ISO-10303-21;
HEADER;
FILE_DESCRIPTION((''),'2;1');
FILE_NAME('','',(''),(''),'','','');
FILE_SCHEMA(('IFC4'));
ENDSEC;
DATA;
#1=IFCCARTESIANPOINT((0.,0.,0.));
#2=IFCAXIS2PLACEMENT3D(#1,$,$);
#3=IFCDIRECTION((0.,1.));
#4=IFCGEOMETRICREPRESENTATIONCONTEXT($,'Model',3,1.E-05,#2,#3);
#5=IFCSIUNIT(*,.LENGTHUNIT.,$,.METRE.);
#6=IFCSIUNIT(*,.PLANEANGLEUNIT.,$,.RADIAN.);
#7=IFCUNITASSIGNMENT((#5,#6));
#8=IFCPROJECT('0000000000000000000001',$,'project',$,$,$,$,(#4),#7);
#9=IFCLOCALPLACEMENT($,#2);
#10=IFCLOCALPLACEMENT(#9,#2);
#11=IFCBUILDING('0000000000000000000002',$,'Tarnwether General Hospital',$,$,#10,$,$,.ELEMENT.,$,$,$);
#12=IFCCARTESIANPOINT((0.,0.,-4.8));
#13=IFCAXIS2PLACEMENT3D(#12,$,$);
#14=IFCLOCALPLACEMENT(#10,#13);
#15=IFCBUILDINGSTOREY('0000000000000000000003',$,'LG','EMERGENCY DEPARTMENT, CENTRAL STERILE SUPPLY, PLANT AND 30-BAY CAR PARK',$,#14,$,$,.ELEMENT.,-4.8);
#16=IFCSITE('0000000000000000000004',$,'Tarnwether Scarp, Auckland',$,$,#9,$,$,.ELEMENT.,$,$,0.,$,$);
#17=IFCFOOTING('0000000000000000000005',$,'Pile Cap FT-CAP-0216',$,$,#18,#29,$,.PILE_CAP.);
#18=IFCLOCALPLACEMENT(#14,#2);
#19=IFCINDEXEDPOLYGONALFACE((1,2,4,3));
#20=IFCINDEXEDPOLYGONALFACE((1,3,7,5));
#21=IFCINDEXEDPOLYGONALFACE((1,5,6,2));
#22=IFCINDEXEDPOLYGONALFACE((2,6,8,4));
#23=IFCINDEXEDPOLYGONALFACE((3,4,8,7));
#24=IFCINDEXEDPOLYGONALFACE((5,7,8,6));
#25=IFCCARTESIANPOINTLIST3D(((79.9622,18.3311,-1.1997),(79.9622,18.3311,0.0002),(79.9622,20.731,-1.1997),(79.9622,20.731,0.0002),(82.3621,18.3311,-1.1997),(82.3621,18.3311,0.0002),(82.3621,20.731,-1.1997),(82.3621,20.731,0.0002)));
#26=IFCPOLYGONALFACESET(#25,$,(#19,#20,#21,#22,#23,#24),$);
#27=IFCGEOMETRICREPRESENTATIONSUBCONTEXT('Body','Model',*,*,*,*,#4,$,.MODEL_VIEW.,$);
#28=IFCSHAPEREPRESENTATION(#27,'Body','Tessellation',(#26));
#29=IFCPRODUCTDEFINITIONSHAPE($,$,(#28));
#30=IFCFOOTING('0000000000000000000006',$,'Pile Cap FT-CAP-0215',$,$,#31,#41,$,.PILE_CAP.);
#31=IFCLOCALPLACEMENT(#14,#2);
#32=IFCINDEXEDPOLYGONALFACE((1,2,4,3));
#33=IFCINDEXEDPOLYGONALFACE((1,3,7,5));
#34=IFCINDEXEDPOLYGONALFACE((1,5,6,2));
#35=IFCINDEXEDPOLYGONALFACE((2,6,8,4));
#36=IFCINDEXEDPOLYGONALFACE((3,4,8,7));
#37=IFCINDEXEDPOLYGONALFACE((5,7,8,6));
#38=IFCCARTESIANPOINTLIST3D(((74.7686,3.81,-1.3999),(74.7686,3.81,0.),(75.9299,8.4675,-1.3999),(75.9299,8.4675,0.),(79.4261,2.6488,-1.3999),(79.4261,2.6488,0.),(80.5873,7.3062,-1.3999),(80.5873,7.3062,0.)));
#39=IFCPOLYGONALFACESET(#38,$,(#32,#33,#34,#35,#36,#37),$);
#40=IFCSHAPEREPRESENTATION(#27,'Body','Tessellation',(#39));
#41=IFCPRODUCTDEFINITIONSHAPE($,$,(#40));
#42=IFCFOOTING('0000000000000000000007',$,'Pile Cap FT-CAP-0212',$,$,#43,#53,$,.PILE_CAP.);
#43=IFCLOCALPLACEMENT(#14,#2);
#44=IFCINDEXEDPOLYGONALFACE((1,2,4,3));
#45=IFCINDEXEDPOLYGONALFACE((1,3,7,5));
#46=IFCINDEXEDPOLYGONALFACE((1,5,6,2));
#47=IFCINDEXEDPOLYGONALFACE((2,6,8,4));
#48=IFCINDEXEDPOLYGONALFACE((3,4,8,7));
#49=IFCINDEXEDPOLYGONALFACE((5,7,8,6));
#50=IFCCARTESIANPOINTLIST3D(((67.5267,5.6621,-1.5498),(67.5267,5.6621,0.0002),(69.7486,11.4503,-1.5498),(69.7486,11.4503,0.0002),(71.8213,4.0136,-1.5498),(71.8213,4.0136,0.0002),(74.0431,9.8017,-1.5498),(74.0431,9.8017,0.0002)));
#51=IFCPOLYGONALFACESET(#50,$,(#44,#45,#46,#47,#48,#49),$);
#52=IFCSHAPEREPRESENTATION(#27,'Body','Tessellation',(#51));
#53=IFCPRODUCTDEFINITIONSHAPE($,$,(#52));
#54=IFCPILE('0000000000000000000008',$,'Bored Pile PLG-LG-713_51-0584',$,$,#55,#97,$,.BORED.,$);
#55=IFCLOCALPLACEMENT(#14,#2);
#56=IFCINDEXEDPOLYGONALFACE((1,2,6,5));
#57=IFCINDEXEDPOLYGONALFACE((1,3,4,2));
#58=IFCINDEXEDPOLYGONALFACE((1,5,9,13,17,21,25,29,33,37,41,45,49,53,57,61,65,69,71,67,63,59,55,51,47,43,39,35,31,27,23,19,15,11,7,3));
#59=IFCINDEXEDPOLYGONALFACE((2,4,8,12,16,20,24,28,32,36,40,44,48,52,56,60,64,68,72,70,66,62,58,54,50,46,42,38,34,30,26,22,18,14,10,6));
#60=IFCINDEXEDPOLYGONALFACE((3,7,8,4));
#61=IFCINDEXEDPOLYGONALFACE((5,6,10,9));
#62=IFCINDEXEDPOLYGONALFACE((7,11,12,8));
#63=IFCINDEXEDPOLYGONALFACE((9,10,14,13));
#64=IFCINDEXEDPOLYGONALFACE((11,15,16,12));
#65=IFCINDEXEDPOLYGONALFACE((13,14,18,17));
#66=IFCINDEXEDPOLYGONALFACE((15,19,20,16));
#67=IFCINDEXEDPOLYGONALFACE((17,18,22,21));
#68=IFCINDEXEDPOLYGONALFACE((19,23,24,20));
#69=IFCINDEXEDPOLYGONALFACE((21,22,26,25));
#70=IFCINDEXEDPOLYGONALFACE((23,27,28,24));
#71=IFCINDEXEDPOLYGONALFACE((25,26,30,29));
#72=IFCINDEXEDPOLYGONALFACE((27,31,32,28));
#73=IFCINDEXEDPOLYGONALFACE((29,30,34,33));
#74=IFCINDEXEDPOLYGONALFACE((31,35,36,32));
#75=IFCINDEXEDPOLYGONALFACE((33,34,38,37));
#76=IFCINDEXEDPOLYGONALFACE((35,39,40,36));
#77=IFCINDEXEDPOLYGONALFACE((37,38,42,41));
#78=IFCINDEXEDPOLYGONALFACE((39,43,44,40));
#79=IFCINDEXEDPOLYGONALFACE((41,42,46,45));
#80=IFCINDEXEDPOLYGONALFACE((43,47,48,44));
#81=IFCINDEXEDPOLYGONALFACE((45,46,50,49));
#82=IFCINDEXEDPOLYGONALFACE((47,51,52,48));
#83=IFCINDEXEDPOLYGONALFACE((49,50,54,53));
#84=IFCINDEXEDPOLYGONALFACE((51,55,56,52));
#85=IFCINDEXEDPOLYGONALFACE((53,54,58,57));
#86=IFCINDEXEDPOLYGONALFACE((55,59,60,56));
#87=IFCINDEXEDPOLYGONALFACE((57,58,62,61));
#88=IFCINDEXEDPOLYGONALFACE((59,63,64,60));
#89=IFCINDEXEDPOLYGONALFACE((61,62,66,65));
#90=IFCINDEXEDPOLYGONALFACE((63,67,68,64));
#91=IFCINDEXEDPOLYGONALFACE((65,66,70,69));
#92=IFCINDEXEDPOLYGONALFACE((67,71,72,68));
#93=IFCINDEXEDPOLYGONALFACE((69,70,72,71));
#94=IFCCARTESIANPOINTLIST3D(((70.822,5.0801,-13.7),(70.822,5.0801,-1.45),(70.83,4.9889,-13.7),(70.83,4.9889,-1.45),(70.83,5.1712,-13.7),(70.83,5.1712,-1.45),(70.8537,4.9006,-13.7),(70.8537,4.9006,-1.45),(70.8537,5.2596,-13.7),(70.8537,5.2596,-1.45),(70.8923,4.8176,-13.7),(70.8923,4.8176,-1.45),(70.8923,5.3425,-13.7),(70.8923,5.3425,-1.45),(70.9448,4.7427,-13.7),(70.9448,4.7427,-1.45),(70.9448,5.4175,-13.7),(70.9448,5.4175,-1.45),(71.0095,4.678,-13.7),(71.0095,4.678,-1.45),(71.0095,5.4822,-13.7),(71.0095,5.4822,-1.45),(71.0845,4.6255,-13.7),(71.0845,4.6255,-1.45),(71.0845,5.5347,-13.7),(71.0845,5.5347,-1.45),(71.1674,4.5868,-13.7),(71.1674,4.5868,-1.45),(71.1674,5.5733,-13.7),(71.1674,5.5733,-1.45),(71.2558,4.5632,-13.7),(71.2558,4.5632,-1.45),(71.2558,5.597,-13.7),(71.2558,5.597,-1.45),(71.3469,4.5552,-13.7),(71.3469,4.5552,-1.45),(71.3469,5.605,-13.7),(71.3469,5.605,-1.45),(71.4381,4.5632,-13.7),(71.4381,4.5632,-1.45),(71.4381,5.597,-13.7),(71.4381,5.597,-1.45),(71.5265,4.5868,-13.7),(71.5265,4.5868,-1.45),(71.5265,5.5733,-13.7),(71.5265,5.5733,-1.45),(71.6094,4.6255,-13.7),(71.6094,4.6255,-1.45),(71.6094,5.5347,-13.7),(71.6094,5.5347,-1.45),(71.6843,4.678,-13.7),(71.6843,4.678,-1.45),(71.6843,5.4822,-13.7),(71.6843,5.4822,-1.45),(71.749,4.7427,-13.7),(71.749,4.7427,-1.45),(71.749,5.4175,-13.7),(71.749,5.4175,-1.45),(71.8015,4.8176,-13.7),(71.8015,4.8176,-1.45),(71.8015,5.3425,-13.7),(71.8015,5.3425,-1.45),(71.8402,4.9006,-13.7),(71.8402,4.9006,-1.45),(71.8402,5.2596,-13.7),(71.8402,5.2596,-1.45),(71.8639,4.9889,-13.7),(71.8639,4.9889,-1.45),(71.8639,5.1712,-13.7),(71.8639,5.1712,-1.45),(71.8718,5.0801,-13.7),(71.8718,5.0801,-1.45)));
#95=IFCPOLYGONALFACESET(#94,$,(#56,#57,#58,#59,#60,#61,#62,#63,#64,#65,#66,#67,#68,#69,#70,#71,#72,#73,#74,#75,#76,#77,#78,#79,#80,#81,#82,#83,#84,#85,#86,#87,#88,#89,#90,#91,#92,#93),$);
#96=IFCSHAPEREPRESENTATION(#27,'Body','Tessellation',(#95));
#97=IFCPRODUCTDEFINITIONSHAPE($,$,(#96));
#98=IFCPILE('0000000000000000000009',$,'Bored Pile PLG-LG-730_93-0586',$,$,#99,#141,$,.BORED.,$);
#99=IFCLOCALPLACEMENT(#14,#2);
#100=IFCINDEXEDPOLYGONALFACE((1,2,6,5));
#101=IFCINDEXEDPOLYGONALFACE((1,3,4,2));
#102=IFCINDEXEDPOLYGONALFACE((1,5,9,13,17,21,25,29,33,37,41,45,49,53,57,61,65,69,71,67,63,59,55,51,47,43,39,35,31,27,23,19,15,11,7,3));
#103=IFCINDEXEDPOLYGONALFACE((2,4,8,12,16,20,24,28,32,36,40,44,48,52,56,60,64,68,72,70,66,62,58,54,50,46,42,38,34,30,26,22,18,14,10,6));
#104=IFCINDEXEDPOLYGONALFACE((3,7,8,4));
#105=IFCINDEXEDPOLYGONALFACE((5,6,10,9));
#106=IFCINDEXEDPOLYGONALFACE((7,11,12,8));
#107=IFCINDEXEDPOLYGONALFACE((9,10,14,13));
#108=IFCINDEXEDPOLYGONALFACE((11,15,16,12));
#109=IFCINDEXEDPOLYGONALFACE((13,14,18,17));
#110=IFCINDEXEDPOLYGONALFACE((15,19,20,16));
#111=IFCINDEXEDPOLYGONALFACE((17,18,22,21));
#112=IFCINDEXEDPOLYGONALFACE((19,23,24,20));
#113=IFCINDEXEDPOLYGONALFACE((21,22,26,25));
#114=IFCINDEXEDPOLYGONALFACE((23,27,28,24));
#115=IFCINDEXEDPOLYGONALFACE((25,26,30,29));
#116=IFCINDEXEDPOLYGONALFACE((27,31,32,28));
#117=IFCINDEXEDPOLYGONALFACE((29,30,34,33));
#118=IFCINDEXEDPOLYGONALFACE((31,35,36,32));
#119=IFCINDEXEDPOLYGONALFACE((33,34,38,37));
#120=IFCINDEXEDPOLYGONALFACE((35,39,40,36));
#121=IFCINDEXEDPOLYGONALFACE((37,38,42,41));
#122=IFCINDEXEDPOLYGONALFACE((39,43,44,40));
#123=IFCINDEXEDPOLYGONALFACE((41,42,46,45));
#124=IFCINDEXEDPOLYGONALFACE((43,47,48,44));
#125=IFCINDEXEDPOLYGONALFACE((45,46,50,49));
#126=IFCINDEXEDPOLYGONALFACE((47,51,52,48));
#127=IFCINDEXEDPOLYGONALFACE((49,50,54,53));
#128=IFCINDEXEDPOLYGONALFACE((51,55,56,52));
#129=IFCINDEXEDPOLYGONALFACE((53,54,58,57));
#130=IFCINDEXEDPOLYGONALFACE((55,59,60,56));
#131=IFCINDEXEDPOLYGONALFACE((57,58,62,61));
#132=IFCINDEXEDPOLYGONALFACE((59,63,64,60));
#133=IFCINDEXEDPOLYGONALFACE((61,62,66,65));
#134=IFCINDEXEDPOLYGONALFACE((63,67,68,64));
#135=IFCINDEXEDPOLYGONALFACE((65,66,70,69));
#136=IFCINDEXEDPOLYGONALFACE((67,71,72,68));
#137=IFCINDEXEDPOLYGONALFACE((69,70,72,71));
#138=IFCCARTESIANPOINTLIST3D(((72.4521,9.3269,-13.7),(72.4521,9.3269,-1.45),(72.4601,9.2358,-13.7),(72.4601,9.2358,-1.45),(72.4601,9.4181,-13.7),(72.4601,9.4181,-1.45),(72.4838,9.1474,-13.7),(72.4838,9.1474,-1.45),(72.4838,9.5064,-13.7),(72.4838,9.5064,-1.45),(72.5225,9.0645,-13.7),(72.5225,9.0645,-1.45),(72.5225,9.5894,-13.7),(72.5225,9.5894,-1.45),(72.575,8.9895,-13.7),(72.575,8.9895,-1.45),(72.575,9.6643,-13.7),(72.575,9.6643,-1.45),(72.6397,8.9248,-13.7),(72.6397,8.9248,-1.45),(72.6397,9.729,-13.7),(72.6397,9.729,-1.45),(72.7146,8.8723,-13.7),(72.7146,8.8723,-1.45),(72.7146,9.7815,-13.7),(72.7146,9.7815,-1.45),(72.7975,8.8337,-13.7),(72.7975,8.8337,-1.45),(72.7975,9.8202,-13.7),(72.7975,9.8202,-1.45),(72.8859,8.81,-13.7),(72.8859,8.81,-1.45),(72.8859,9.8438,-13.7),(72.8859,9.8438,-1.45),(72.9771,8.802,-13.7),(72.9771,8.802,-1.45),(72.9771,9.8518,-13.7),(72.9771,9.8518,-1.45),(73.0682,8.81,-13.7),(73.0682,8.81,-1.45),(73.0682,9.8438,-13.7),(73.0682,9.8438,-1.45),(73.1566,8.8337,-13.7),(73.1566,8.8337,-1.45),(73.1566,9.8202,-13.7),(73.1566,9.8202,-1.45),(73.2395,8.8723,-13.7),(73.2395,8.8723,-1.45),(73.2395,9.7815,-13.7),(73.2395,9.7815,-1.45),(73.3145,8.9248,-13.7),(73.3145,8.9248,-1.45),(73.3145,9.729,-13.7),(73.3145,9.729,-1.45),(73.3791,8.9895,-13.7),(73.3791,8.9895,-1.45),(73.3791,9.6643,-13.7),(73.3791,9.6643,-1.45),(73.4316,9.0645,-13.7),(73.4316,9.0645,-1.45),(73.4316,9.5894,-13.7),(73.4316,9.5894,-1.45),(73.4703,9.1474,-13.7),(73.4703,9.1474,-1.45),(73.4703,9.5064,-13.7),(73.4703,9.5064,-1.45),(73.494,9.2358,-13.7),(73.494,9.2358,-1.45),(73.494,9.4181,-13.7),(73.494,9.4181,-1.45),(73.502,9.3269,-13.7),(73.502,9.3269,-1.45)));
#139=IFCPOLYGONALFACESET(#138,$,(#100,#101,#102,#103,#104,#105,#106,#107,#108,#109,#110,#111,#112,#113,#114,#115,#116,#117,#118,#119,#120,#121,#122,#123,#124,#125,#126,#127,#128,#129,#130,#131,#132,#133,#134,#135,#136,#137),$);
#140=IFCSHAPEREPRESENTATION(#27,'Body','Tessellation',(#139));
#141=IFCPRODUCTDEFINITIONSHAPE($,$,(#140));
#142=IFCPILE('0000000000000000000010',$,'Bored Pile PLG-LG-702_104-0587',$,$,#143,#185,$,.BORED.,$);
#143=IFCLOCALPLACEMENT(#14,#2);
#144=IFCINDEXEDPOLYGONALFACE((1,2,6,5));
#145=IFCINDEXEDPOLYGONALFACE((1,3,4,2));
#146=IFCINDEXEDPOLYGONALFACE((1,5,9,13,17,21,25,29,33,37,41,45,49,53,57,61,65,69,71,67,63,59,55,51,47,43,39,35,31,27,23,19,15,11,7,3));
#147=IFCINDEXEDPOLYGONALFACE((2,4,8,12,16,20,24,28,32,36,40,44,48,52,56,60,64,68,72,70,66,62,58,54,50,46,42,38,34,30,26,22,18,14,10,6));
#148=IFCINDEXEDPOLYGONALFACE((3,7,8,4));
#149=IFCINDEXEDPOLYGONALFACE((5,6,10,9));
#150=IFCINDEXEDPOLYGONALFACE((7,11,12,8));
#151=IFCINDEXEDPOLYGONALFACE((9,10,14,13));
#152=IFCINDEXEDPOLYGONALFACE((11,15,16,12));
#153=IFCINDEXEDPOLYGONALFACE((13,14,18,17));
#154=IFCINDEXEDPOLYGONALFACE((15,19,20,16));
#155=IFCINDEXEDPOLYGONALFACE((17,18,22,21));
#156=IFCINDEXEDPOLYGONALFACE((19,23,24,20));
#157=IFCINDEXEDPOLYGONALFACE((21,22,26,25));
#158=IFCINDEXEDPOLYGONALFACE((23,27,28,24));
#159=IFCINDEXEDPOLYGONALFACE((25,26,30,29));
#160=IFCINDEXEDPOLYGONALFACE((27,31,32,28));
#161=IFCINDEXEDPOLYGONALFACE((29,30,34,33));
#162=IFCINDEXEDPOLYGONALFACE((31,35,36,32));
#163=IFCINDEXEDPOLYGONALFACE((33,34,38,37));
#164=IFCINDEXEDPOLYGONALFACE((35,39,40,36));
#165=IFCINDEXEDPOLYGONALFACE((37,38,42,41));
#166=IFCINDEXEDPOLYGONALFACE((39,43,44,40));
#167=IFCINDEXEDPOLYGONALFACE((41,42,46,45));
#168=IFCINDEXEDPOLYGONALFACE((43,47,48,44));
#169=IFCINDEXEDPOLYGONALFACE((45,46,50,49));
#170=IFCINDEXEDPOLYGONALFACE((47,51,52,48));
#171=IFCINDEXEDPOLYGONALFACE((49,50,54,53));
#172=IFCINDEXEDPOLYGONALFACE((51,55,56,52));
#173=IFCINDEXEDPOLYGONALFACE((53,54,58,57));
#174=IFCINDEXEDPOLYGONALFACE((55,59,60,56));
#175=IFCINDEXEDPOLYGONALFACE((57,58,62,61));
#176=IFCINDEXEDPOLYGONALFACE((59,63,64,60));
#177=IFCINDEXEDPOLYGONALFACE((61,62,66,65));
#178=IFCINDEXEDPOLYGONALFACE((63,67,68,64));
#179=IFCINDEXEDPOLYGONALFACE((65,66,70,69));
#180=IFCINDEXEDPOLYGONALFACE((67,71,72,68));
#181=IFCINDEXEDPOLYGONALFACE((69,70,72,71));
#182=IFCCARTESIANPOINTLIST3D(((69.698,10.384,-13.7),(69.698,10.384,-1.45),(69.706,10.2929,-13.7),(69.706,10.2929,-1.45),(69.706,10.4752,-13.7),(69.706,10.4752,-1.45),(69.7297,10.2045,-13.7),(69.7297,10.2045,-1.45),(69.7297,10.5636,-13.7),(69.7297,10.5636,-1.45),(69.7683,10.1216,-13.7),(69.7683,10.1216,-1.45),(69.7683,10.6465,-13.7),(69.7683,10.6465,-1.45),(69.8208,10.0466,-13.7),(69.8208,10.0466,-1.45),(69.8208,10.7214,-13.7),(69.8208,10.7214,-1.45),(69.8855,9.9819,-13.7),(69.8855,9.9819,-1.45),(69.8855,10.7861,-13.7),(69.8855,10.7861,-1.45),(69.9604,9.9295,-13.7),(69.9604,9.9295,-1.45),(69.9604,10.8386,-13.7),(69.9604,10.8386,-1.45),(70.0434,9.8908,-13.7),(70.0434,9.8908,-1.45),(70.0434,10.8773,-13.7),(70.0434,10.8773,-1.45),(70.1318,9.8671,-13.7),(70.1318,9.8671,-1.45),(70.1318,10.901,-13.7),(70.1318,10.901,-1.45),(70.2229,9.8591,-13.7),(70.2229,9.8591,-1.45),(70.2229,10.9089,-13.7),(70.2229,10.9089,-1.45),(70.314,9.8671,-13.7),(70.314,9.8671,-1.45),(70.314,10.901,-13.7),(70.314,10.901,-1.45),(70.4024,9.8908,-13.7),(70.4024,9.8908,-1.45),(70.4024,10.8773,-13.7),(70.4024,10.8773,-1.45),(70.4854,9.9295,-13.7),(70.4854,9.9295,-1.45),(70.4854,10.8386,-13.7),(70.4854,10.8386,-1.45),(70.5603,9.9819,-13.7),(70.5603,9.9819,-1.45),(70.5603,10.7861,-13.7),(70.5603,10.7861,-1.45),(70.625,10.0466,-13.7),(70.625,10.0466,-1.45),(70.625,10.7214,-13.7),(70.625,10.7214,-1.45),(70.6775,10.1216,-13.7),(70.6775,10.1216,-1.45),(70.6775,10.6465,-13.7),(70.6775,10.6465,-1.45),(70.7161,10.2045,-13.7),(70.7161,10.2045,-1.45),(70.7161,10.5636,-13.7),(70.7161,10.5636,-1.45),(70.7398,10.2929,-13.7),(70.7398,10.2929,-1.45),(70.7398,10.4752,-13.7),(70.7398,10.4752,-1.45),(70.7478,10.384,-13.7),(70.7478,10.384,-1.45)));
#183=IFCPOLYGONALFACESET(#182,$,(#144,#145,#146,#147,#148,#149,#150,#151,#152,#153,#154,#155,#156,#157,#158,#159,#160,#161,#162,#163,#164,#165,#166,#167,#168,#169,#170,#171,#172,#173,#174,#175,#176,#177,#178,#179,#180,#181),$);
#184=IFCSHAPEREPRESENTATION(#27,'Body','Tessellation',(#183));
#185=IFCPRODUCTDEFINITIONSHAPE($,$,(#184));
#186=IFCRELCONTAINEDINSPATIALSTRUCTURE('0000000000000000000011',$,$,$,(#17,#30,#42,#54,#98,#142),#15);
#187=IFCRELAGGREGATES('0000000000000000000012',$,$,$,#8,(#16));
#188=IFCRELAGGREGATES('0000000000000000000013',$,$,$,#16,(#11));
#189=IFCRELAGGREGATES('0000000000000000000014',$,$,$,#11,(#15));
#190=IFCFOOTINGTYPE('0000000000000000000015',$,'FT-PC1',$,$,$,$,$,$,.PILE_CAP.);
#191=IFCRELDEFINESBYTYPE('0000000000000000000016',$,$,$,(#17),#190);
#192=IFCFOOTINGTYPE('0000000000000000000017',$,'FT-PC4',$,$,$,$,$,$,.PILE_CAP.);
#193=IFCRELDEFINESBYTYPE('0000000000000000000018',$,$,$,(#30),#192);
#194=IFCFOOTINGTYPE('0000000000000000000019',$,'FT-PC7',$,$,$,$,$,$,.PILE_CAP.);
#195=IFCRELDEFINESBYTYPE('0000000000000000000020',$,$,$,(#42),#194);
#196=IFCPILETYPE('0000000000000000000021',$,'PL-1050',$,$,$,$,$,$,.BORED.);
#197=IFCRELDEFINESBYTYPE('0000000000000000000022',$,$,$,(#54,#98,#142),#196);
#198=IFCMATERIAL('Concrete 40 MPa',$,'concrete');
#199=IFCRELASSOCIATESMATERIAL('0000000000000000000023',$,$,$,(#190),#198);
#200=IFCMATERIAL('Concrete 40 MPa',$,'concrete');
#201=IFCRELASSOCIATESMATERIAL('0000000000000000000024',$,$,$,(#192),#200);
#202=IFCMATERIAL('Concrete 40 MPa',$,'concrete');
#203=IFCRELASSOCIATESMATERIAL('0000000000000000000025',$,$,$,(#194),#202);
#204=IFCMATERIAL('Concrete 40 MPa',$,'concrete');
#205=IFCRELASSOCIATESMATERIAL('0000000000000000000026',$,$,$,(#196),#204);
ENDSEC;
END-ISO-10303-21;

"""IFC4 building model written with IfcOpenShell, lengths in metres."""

from ifc_helpers import new_model, si_unit, direction, frame, origin, origin_2d, place, context, subcontext, project, spatial, rectangle, circle, extrude, material, material_profile, profile_set, type_object, element, save


model = new_model("IFC4")

# Units and contexts
model_context = context("Model", 3, precision=1e-05, world=origin(), true_north=direction((0.0, 1.0)))
body_context = subcontext(model_context, "Body", "Model", "MODEL_VIEW")
ifc_project = project(units=[si_unit("LENGTHUNIT", "METRE"), si_unit("PLANEANGLEUNIT", "RADIAN")], contexts=[model_context])

# Site, building, storey
site_placement = place(None, origin())
site = spatial("IfcSite", under=ifc_project, at=site_placement, Name="Tarnwether Scarp, Auckland", CompositionType="ELEMENT", RefElevation=0.0)
building_placement = place(site_placement, origin())
building = spatial("IfcBuilding", under=site, at=building_placement, Name="Tarnwether General Hospital", CompositionType="ELEMENT")
storey_placement = place(building_placement, frame((0.0, 0.0, -4.8)))
storey = spatial("IfcBuildingStorey", under=building, at=storey_placement, Name="LG", Description="EMERGENCY DEPARTMENT, CENTRAL STERILE SUPPLY, PLANT AND 30-BAY CAR PARK", CompositionType="ELEMENT", Elevation=-4.8)

# Footings
ifc_material_1 = material(Name="Concrete 40 MPa", Category="concrete")
footing_type_1 = type_object("IfcFootingType", Name="FT-PC1", PredefinedType="PILE_CAP", material=ifc_material_1)
footing_1_placement = place(storey_placement, frame((81.1621, 19.531, -1.1997), z_axis=(0.0, 0.0, 1.0), x_axis=(1.0, 0.0, 0.0)))
element("IfcFooting", 1, at=footing_1_placement, inside=storey, type_object=footing_type_1, Name="Pile Cap FT-CAP-0216", PredefinedType="PILE_CAP", context=body_context, shape_type="SweptSolid", body=[
    extrude(rectangle(XDim=2.3999, YDim=2.3999, at=origin_2d()), origin(), (0.0, 0.0, 1.0), 1.2),
])
ifc_material_2 = material(Name="Concrete 40 MPa", Category="concrete")
footing_type_2 = type_object("IfcFootingType", Name="FT-PC4", PredefinedType="PILE_CAP", material=ifc_material_2)
footing_2_placement = place(storey_placement, frame((77.678, 5.5581, -1.3999), z_axis=(0.0, 0.0, 1.0), x_axis=(0.241922, 0.970296, 0.0)))
element("IfcFooting", 2, at=footing_2_placement, inside=storey, type_object=footing_type_2, Name="Pile Cap FT-CAP-0215", PredefinedType="PILE_CAP", context=body_context, shape_type="SweptSolid", body=[
    extrude(rectangle(XDim=4.8, YDim=4.8, at=origin_2d()), origin(), (0.0, 0.0, 1.0), 1.3999),
])
ifc_material_3 = material(Name="Concrete 40 MPa", Category="concrete")
footing_type_3 = type_object("IfcFootingType", Name="FT-PC7", PredefinedType="PILE_CAP", material=ifc_material_3)
footing_3_placement = place(storey_placement, frame((70.7849, 7.7319, -1.5498), z_axis=(0.0, 0.0, 1.0), x_axis=(0.358368, 0.93358, 0.0)))
element("IfcFooting", 3, at=footing_3_placement, inside=storey, type_object=footing_type_3, Name="Pile Cap FT-CAP-0212", PredefinedType="PILE_CAP", context=body_context, shape_type="SweptSolid", body=[
    extrude(rectangle(XDim=6.2, YDim=4.6001, at=origin_2d()), origin(), (0.0, 0.0, 1.0), 1.55),
])

# Piles
ifc_material_4 = material(Name="Concrete 40 MPa", Category="concrete")
ifc_material_profile_1 = material_profile(ifc_material_4, circle(Radius=0.5249, at=origin_2d()), Name="PILE-D1050")
ifc_profile_set_1 = profile_set([ifc_material_profile_1], Name="Concrete 40 MPa")
pile_type_1 = type_object("IfcPileType", Name="PL-1050", PredefinedType="BORED", material=ifc_profile_set_1)
for number, where, z_axis, x_axis, name in (
    (4, (71.3469, 5.0801, -1.45), (0.0, 0.0, -1.0), (1.0, 0.0, 0.0), "Bored Pile PLG-LG-713_51-0584"),
    (5, (72.9771, 9.3269, -1.45), (0.0, 0.0, -1.0), (1.0, 0.0, 0.0), "Bored Pile PLG-LG-730_93-0586"),
    (6, (70.2229, 10.384, -1.45), (0.0, 0.0, -1.0), (1.0, 0.0, 0.0), "Bored Pile PLG-LG-702_104-0587"),
):
    element("IfcPile", number, at=place(storey_placement, frame(where, z_axis=z_axis, x_axis=x_axis)), inside=storey, type_object=pile_type_1, Name=name, PredefinedType="BORED", context=body_context, shape_type="SweptSolid", body=[
        extrude(circle(Radius=0.5249, at=origin_2d()), origin(), (0.0, 0.0, 1.0), 12.25),
    ])

save(model, "model.ifc")
